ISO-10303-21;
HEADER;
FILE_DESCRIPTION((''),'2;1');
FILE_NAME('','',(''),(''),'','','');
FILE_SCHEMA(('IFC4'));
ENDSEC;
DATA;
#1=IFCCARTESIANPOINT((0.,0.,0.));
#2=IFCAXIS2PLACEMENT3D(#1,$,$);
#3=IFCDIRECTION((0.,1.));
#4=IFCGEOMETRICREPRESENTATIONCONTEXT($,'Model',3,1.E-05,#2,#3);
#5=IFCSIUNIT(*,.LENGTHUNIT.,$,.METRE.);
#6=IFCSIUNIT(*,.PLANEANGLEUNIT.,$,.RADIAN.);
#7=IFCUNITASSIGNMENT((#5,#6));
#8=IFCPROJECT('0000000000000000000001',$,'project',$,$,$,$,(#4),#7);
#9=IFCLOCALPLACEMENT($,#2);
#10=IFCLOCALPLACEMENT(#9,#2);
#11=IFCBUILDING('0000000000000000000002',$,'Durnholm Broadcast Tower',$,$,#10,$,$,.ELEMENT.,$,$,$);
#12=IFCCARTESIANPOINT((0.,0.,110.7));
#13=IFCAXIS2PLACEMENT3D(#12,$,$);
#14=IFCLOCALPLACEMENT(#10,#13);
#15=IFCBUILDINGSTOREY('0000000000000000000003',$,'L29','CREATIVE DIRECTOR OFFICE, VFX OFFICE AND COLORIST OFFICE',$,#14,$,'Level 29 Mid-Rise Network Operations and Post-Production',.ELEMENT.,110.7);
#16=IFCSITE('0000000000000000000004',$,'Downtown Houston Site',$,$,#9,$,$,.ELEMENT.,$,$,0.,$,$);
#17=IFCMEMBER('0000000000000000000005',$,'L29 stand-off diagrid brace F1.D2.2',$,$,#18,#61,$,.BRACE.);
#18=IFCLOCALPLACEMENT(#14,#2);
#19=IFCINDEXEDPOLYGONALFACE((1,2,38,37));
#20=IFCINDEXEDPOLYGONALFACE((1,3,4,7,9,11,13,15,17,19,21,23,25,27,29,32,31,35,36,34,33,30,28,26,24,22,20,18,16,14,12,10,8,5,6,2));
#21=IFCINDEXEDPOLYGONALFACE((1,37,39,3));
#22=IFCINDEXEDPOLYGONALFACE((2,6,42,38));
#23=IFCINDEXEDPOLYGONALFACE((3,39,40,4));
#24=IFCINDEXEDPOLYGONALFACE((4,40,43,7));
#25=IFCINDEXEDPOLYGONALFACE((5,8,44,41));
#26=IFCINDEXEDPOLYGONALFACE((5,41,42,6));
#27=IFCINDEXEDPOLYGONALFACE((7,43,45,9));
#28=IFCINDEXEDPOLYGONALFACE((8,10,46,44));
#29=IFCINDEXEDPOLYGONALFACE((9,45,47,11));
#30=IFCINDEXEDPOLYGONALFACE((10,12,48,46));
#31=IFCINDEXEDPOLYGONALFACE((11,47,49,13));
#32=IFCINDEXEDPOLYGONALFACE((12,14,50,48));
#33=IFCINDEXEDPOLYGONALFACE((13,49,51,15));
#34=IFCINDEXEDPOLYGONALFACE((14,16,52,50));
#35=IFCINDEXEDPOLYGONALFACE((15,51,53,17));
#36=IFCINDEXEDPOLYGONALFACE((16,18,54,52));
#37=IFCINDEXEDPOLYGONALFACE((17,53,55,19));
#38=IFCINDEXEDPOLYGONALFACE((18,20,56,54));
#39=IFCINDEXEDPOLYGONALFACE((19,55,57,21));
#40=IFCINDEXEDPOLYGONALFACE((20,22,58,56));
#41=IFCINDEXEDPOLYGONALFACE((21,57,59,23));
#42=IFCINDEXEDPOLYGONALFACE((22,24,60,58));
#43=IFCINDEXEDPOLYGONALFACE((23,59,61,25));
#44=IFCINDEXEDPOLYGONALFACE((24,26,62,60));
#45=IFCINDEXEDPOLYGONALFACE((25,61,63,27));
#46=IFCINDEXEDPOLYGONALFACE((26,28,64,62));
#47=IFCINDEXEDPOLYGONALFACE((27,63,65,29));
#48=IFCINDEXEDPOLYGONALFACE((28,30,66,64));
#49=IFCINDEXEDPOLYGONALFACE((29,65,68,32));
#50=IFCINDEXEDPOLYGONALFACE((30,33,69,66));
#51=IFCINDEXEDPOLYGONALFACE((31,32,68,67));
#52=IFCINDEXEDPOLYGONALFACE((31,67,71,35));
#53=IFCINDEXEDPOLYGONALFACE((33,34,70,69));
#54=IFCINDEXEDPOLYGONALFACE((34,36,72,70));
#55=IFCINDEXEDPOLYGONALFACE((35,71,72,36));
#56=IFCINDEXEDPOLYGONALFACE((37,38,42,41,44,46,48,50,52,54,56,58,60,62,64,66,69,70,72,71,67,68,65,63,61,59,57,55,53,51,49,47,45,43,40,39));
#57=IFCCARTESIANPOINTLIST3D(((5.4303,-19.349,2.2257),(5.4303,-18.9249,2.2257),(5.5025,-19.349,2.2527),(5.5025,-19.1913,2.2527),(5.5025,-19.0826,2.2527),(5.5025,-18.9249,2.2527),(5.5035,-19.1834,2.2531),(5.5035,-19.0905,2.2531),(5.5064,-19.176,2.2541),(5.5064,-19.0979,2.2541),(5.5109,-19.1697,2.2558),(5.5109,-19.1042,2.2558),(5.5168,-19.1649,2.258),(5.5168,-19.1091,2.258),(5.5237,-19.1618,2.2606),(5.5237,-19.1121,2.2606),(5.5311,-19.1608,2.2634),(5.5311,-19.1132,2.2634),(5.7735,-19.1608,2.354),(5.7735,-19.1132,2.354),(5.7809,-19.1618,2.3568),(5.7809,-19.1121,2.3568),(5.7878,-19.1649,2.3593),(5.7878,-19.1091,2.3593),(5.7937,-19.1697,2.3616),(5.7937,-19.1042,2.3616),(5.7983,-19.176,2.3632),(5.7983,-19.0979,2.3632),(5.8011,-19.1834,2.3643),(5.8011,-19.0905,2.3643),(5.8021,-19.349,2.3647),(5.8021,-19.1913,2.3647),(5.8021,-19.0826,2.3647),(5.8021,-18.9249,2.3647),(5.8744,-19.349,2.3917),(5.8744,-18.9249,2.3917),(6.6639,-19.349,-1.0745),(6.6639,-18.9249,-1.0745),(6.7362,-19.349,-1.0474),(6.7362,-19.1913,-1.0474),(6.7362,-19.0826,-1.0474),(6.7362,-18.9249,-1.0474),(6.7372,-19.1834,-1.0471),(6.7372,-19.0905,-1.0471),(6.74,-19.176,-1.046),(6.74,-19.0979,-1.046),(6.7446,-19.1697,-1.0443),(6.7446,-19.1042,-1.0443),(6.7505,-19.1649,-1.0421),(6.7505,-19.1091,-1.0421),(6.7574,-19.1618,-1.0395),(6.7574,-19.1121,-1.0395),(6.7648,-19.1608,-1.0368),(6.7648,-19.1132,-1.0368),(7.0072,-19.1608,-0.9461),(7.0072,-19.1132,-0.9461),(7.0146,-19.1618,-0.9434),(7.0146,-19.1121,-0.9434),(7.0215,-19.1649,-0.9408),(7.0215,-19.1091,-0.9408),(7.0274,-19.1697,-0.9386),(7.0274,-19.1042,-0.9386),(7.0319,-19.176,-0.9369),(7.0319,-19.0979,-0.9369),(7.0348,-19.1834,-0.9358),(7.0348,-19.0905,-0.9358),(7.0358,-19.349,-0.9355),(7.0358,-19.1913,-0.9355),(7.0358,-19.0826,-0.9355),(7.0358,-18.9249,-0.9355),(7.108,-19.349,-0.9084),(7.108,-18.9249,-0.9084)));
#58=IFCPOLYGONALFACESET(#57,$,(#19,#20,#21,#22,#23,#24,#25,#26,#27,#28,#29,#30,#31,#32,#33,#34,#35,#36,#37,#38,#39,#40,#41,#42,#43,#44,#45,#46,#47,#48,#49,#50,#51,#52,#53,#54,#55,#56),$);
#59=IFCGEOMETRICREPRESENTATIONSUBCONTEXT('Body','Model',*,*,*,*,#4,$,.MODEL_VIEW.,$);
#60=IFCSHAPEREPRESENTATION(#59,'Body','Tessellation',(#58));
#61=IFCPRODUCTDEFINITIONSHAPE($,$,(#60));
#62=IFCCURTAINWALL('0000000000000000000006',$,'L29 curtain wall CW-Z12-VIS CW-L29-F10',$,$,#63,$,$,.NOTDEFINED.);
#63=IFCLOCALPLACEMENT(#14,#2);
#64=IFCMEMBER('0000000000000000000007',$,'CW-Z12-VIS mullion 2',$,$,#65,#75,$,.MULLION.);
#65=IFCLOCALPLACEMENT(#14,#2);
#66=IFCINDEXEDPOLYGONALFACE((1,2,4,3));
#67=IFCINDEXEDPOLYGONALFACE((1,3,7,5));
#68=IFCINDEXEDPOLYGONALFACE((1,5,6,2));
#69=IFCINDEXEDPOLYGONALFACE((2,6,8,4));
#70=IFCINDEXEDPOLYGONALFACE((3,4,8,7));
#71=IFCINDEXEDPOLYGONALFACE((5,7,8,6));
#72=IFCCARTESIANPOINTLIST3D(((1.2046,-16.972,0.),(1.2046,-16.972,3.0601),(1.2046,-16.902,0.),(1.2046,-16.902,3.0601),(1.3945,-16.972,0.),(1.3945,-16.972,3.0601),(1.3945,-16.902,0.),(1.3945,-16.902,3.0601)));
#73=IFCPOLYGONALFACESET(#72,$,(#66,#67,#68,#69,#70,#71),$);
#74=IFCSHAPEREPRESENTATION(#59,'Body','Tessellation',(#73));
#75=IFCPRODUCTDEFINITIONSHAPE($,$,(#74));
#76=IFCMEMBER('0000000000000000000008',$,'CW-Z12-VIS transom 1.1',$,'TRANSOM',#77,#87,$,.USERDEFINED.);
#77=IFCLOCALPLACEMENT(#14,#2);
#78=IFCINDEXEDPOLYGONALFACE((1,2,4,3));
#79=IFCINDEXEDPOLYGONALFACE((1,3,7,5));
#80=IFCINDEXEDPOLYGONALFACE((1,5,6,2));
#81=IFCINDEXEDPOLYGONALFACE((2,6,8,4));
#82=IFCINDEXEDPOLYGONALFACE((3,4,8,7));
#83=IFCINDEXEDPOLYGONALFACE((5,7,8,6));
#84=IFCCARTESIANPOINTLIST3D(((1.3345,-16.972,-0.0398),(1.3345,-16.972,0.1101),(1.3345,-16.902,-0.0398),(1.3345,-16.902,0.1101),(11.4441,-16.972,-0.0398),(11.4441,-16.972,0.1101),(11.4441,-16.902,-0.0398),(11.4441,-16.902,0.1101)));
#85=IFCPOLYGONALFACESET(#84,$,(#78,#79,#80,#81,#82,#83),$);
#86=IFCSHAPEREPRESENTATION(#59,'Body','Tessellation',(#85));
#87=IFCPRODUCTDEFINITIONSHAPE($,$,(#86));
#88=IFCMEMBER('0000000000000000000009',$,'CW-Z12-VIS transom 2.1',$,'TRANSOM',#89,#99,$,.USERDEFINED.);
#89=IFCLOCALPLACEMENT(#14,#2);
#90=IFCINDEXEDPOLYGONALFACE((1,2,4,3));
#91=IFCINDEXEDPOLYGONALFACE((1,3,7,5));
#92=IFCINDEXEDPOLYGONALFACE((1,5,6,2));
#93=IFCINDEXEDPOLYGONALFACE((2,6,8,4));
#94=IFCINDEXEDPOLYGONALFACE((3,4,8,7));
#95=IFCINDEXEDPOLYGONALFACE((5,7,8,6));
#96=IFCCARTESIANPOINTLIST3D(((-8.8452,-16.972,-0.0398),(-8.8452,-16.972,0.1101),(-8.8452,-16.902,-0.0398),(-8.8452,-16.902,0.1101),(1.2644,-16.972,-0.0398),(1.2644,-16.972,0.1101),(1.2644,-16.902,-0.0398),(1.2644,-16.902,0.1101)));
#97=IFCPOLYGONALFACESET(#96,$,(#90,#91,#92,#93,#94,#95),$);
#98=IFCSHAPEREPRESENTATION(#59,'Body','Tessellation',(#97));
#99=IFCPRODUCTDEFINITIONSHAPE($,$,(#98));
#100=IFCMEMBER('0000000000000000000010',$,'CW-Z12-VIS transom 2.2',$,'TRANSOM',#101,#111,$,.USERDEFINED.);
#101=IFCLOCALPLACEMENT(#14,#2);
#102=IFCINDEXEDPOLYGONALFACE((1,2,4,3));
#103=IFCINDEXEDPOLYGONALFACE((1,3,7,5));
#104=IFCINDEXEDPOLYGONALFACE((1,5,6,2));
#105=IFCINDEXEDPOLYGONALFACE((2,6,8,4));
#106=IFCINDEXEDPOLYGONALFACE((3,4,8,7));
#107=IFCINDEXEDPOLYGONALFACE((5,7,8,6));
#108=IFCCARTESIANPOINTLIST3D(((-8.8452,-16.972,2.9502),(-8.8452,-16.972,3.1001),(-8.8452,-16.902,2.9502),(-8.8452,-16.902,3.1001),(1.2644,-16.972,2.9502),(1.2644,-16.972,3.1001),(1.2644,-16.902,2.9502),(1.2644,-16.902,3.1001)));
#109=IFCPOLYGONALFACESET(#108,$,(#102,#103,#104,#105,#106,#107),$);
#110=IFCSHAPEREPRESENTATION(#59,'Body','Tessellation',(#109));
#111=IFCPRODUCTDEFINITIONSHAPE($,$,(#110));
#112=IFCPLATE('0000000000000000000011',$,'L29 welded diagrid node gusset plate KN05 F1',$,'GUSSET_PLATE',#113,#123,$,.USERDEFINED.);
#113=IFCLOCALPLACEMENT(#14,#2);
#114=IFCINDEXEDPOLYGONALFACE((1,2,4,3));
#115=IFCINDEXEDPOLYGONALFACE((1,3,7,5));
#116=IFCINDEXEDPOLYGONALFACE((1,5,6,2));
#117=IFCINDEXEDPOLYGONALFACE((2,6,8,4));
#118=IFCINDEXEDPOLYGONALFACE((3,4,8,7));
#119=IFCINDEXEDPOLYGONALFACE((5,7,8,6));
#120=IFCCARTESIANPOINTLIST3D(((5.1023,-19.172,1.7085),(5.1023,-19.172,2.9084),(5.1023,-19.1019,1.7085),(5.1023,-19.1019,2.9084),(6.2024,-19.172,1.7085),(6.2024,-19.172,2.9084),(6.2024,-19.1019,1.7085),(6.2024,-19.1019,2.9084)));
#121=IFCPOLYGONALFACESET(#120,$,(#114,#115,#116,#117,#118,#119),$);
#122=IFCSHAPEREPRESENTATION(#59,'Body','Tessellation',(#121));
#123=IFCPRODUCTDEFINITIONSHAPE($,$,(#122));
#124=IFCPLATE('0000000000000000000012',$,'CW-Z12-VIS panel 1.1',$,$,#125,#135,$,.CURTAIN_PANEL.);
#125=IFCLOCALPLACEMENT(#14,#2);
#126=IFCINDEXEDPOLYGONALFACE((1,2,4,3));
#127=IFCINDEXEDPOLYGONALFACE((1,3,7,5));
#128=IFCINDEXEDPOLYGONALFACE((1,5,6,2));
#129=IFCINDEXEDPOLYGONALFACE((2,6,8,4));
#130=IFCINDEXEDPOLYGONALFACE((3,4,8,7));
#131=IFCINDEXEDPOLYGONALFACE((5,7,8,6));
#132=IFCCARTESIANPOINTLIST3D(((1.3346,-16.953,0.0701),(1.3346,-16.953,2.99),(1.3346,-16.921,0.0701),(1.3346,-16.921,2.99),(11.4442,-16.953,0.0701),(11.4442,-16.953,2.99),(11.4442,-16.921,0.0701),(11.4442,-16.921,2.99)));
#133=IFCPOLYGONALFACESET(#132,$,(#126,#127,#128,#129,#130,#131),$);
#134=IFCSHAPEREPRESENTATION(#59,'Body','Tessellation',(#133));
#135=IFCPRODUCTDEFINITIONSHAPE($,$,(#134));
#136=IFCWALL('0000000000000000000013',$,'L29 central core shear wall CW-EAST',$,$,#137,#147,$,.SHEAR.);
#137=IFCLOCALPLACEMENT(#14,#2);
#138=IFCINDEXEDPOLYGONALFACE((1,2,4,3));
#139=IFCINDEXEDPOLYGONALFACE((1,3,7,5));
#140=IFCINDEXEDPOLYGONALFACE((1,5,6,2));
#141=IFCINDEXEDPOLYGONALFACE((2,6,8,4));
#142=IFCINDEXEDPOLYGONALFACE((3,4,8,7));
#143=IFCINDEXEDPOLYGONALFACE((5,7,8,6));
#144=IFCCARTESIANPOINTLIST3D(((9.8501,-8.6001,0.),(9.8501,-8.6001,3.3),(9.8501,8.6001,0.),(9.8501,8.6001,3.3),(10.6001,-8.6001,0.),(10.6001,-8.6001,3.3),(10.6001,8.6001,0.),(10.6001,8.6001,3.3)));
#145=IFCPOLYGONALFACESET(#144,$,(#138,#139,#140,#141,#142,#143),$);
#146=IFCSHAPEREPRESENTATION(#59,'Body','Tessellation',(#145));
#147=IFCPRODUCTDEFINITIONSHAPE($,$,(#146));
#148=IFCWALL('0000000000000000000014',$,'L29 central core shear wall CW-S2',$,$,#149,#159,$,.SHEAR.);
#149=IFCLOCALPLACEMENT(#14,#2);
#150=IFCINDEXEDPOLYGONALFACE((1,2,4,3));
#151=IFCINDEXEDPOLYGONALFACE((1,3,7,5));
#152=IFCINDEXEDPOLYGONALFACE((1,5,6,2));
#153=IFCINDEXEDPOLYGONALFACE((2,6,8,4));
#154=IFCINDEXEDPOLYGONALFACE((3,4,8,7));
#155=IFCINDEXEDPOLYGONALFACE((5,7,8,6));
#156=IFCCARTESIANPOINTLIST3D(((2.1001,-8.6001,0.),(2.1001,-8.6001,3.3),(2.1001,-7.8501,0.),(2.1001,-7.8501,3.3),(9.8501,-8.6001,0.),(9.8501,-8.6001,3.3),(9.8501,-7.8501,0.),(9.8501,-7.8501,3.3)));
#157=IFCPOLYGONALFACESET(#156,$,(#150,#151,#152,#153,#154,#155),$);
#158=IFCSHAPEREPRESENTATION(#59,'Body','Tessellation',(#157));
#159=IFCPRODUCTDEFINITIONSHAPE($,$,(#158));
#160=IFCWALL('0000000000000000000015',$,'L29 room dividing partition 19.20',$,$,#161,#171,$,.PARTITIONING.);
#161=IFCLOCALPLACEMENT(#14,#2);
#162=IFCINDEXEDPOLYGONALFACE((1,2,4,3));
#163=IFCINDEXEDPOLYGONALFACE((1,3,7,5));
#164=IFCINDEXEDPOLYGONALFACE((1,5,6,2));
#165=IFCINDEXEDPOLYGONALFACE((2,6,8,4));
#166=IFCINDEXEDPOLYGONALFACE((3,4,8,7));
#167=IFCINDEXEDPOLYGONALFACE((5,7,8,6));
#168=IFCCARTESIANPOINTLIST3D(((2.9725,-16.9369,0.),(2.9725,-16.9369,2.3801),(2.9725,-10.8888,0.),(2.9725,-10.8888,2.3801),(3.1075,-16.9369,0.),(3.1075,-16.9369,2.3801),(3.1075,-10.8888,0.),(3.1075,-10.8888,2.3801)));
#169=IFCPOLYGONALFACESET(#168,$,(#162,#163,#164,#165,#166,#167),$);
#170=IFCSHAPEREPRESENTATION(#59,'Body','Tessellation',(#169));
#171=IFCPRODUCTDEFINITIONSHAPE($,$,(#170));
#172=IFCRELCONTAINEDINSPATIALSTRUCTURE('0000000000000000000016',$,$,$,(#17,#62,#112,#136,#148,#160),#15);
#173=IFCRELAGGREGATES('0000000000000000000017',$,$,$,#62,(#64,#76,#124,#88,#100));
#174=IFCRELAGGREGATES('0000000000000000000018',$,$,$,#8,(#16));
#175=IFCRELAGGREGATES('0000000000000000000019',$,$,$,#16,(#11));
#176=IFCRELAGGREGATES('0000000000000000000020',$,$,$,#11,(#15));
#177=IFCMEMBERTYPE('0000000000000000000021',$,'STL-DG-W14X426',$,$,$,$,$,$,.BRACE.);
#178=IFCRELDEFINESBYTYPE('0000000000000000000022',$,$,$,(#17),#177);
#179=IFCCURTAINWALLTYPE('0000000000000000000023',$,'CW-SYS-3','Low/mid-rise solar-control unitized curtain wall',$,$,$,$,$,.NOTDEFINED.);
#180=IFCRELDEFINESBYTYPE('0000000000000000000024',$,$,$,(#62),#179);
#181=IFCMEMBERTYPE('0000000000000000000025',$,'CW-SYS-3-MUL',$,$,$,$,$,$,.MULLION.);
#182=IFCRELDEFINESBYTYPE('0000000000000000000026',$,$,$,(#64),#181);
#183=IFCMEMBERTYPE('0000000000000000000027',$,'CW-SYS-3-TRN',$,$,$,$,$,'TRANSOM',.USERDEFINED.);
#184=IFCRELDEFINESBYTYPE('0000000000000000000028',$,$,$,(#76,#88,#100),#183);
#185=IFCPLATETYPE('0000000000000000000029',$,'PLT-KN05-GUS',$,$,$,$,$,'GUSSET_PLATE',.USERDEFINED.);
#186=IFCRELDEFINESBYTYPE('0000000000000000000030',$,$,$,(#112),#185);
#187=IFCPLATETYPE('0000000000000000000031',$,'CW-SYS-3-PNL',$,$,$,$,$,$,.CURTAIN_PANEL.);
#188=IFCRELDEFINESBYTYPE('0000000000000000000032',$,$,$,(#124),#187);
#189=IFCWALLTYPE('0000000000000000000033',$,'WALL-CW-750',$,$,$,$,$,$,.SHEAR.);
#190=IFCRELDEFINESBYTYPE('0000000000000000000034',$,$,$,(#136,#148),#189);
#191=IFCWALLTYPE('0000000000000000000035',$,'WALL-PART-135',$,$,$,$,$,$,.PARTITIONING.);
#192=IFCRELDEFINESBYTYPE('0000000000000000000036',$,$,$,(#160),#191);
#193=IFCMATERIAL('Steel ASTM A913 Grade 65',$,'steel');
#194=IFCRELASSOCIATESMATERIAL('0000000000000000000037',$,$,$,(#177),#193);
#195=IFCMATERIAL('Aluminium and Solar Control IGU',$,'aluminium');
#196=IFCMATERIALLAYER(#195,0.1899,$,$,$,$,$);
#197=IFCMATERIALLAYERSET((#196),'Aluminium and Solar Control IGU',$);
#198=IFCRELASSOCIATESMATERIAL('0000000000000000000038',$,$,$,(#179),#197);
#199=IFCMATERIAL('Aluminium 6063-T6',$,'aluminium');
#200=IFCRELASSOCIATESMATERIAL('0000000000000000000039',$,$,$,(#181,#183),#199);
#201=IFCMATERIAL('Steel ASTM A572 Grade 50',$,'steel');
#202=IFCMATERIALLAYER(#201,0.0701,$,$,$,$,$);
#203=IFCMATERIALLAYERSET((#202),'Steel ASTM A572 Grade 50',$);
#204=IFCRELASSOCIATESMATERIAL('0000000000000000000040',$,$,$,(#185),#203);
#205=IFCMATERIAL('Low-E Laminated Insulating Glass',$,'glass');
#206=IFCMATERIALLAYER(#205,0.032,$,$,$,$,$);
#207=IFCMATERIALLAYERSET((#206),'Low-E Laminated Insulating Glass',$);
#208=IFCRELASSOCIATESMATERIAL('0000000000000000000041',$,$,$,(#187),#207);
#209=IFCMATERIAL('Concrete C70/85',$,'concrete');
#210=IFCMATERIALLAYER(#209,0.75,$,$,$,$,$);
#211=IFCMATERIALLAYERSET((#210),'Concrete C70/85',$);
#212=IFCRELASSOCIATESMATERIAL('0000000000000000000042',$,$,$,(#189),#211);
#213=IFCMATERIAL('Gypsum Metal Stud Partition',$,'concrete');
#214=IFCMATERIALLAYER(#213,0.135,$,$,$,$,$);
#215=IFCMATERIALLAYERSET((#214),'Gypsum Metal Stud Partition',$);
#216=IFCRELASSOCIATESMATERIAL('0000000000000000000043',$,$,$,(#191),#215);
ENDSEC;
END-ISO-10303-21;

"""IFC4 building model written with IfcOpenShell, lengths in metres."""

from ifc_helpers import new_model, si_unit, direction, frame, frame_2d, origin, origin_2d, place, context, subcontext, project, spatial, rectangle, i_section, extrude, source, transform, mapped, material, layer, layer_set, material_profile, profile_set, type_object, type_shapes, element, aggregate, save


model = new_model("IFC4")

# Units and contexts
model_context = context("Model", 3, precision=1e-05, world=origin(), true_north=direction((0.0, 1.0)))
body_context = subcontext(model_context, "Body", "Model", "MODEL_VIEW")
ifc_project = project(units=[si_unit("LENGTHUNIT", "METRE"), si_unit("PLANEANGLEUNIT", "RADIAN")], contexts=[model_context])

# Site, building, storey
site_placement = place(None, origin())
site = spatial("IfcSite", under=ifc_project, at=site_placement, Name="Downtown Houston Site", CompositionType="ELEMENT", RefElevation=0.0)
building_placement = place(site_placement, origin())
building = spatial("IfcBuilding", under=site, at=building_placement, Name="Durnholm Broadcast Tower", CompositionType="ELEMENT")
storey_placement = place(building_placement, frame((0.0, 0.0, 110.7)))
storey = spatial("IfcBuildingStorey", under=building, at=storey_placement, Name="L29", Description="CREATIVE DIRECTOR OFFICE, VFX OFFICE AND COLORIST OFFICE", LongName="Level 29 Mid-Rise Network Operations and Post-Production", CompositionType="ELEMENT", Elevation=110.7)

# Shared definitions
ifc_material_1 = material(Name="Concrete C70/85", Category="concrete")

# Member
ifc_material_2 = material(Name="Steel ASTM A913 Grade 65", Category="steel")
ifc_material_profile_1 = material_profile(ifc_material_2, i_section(OverallWidth=0.4241, OverallDepth=0.4741, WebThickness=0.0476, FlangeThickness=0.0771, FilletRadius=0.0305, at=origin_2d()), Name="W14X426")
ifc_profile_set_1 = profile_set([ifc_material_profile_1], Name="Steel ASTM A913 Grade 65")
member_type_1 = type_object("IfcMemberType", Name="STL-DG-W14X426", PredefinedType="BRACE", material=ifc_profile_set_1)
shared_shape_1 = source(origin(), body_context, "Body", "SweptSolid", [
    extrude(i_section(OverallWidth=0.4241, OverallDepth=0.4741, WebThickness=0.0476, FlangeThickness=0.0771, FilletRadius=0.0305, at=origin_2d()), origin(), (0.0, 0.0, 1.0), 3.5232),
])
type_shapes(member_type_1, [shared_shape_1])
for number, where, z_axis, x_axis, name in (
    (1, (6.886, -19.137, -0.9915), (-0.350159, 0.0, 0.93669), (0.0, -1.0, 0.0), "L29 stand-off diagrid brace F1.D2.2"),
):
    element("IfcMember", number, at=place(storey_placement, frame(where, z_axis=z_axis, x_axis=x_axis)), inside=storey, type_object=member_type_1, Name=name, PredefinedType="BRACE", context=body_context, shape_type="MappedRepresentation", body=[
        mapped(shared_shape_1, transform((0.0, 0.0, 0.0), x_axis=(1.0, 0.0, 0.0), y_axis=(0.0, 1.0, 0.0), z_axis=(0.0, 0.0, 1.0), scale=1.0)),
    ])

# Curtain wall, members
ifc_material_3 = material(Name="Aluminium and Solar Control IGU", Category="aluminium")
ifc_layer_1 = layer(ifc_material_3, 0.1899)
ifc_layer_set_1 = layer_set([ifc_layer_1], Name="Aluminium and Solar Control IGU")
curtain_wall_type = type_object("IfcCurtainWallType", Name="CW-SYS-3", Description="Low/mid-rise solar-control unitized curtain wall", PredefinedType="NOTDEFINED", material=ifc_layer_set_1)
curtain_wall_placement = place(storey_placement, origin())
curtain_wall = element("IfcCurtainWall", 2, at=curtain_wall_placement, inside=storey, type_object=curtain_wall_type, Name="L29 curtain wall CW-Z12-VIS CW-L29-F10", PredefinedType="NOTDEFINED")
ifc_material_4 = material(Name="Aluminium 6063-T6", Category="aluminium")
ifc_material_profile_2 = material_profile(ifc_material_4, rectangle(XDim=0.0701, YDim=0.1899, at=origin_2d()), Name="CWM70X190")
ifc_profile_set_2 = profile_set([ifc_material_profile_2], Name="Aluminium 6063-T6")
member_type_2 = type_object("IfcMemberType", Name="CW-SYS-3-MUL", PredefinedType="MULLION", material=ifc_profile_set_2)
shared_shape_2 = source(origin(), body_context, "Body", "SweptSolid", [
    extrude(rectangle(XDim=0.0701, YDim=0.1899, at=origin_2d()), origin(), (0.0, 0.0, 1.0), 3.0601),
])
type_shapes(member_type_2, [shared_shape_2])
member_1_placement = place(storey_placement, frame((1.2996, -16.937, 0.0), z_axis=(0.0, 0.0, 1.0), x_axis=(0.0, -1.0, 0.0)))
member_1 = element("IfcMember", 3, at=member_1_placement, type_object=member_type_2, Name="CW-Z12-VIS mullion 2", PredefinedType="MULLION", context=body_context, shape_type="MappedRepresentation", body=[
    mapped(shared_shape_2, transform((0.0, 0.0, 0.0), x_axis=(1.0, 0.0, 0.0), y_axis=(0.0, 1.0, 0.0), z_axis=(0.0, 0.0, 1.0), scale=1.0)),
])
ifc_material_profile_3 = material_profile(ifc_material_4, rectangle(XDim=0.0701, YDim=0.1499, at=origin_2d()), Name="CWT70X150")
ifc_profile_set_3 = profile_set([ifc_material_profile_3], Name="Aluminium 6063-T6")
member_type_3 = type_object("IfcMemberType", Name="CW-SYS-3-TRN", ElementType="TRANSOM", PredefinedType="USERDEFINED", material=ifc_profile_set_3)
shared_shape_3 = source(origin(), body_context, "Body", "SweptSolid", [
    extrude(rectangle(XDim=0.0701, YDim=0.1499, at=origin_2d()), origin(), (0.0, 0.0, 1.0), 10.1096),
])
type_shapes(member_type_3, [shared_shape_3])
member_2_placement = place(storey_placement, frame((11.4441, -16.937, 0.0352), z_axis=(-1.0, 0.0, 0.0), x_axis=(0.0, -1.0, 0.0)))
member_2 = element("IfcMember", 4, at=member_2_placement, type_object=member_type_3, Name="CW-Z12-VIS transom 1.1", ObjectType="TRANSOM", PredefinedType="USERDEFINED", context=body_context, shape_type="MappedRepresentation", body=[
    mapped(shared_shape_3, transform((0.0, 0.0, 0.0), x_axis=(1.0, 0.0, 0.0), y_axis=(0.0, 1.0, 0.0), z_axis=(0.0, 0.0, 1.0), scale=1.0)),
])
member_3_placement = place(storey_placement, frame((1.2644, -16.937, 0.0352), z_axis=(-1.0, 0.0, 0.0), x_axis=(0.0, -1.0, 0.0)))
member_3 = element("IfcMember", 5, at=member_3_placement, type_object=member_type_3, Name="CW-Z12-VIS transom 2.1", ObjectType="TRANSOM", PredefinedType="USERDEFINED", context=body_context, shape_type="MappedRepresentation", body=[
    mapped(shared_shape_3, transform((0.0, 0.0, 0.0), x_axis=(1.0, 0.0, 0.0), y_axis=(0.0, 1.0, 0.0), z_axis=(0.0, 0.0, 1.0), scale=1.0)),
])
member_4_placement = place(storey_placement, frame((1.2644, -16.937, 3.0251), z_axis=(-1.0, 0.0, 0.0), x_axis=(0.0, -1.0, 0.0)))
member_4 = element("IfcMember", 6, at=member_4_placement, type_object=member_type_3, Name="CW-Z12-VIS transom 2.2", ObjectType="TRANSOM", PredefinedType="USERDEFINED", context=body_context, shape_type="MappedRepresentation", body=[
    mapped(shared_shape_3, transform((0.0, 0.0, 0.0), x_axis=(1.0, 0.0, 0.0), y_axis=(0.0, 1.0, 0.0), z_axis=(0.0, 0.0, 1.0), scale=1.0)),
])

# Plates
ifc_material_5 = material(Name="Steel ASTM A572 Grade 50", Category="steel")
ifc_layer_2 = layer(ifc_material_5, 0.0701)
ifc_layer_set_2 = layer_set([ifc_layer_2], Name="Steel ASTM A572 Grade 50")
plate_type_1 = type_object("IfcPlateType", Name="PLT-KN05-GUS", ElementType="GUSSET_PLATE", PredefinedType="USERDEFINED", material=ifc_layer_set_2)
shared_shape_4 = source(origin(), body_context, "Body", "SweptSolid", [
    extrude(rectangle(XDim=1.1001, YDim=0.0701, at=origin_2d()), origin(), (0.0, 0.0, 1.0), 1.2),
])
type_shapes(plate_type_1, [shared_shape_4])
plate_1_placement = place(storey_placement, frame((5.6523, -19.137, 1.7085), z_axis=(0.0, 0.0, 1.0), x_axis=(1.0, 0.0, 0.0)))
element("IfcPlate", 7, at=plate_1_placement, inside=storey, type_object=plate_type_1, Name="L29 welded diagrid node gusset plate KN05 F1", ObjectType="GUSSET_PLATE", PredefinedType="USERDEFINED", context=body_context, shape_type="MappedRepresentation", body=[
    mapped(shared_shape_4, transform((0.0, 0.0, 0.0), x_axis=(1.0, 0.0, 0.0), y_axis=(0.0, 1.0, 0.0), z_axis=(0.0, 0.0, 1.0), scale=1.0)),
])
ifc_material_6 = material(Name="Low-E Laminated Insulating Glass", Category="glass")
ifc_layer_3 = layer(ifc_material_6, 0.032)
ifc_layer_set_3 = layer_set([ifc_layer_3], Name="Low-E Laminated Insulating Glass")
plate_type_2 = type_object("IfcPlateType", Name="CW-SYS-3-PNL", PredefinedType="CURTAIN_PANEL", material=ifc_layer_set_3)
shared_shape_5 = source(origin(), body_context, "Body", "SweptSolid", [
    extrude(rectangle(XDim=10.1096, YDim=0.032, at=origin_2d()), origin(), (0.0, 0.0, 1.0), 2.9199),
])
type_shapes(plate_type_2, [shared_shape_5])
plate_2_placement = place(storey_placement, frame((6.3894, -16.937, 0.0701), z_axis=(0.0, 0.0, 1.0), x_axis=(-1.0, 0.0, 0.0)))
plate_2 = element("IfcPlate", 8, at=plate_2_placement, type_object=plate_type_2, Name="CW-Z12-VIS panel 1.1", PredefinedType="CURTAIN_PANEL", context=body_context, shape_type="MappedRepresentation", body=[
    mapped(shared_shape_5, transform((0.0, 0.0, 0.0), x_axis=(1.0, 0.0, 0.0), y_axis=(0.0, 1.0, 0.0), z_axis=(0.0, 0.0, 1.0), scale=1.0)),
])
aggregate(curtain_wall, [member_1, member_2, plate_2, member_3, member_4])

# Walls
ifc_layer_4 = layer(ifc_material_1, 0.75)
ifc_layer_set_4 = layer_set([ifc_layer_4], Name="Concrete C70/85")
wall_type_1 = type_object("IfcWallType", Name="WALL-CW-750", PredefinedType="SHEAR", material=ifc_layer_set_4)
wall_1_placement = place(storey_placement, frame((10.2251, -8.6001, 0.0), z_axis=(0.0, 0.0, 1.0), x_axis=(0.0, 1.0, 0.0)))
element("IfcWall", 9, at=wall_1_placement, inside=storey, type_object=wall_type_1, Name="L29 central core shear wall CW-EAST", PredefinedType="SHEAR", context=body_context, shape_type="SweptSolid", body=[
    extrude(rectangle(XDim=17.2002, YDim=0.75, at=frame_2d((8.6001, 0.0))), origin(), (0.0, 0.0, 1.0), 3.3),
])
wall_2_placement = place(storey_placement, frame((2.1001, -8.2251, 0.0), z_axis=(0.0, 0.0, 1.0), x_axis=(1.0, 0.0, 0.0)))
element("IfcWall", 10, at=wall_2_placement, inside=storey, type_object=wall_type_1, Name="L29 central core shear wall CW-S2", PredefinedType="SHEAR", context=body_context, shape_type="SweptSolid", body=[
    extrude(rectangle(XDim=7.75, YDim=0.75, at=frame_2d((3.875, 0.0))), origin(), (0.0, 0.0, 1.0), 3.3),
])
ifc_material_7 = material(Name="Gypsum Metal Stud Partition", Category="concrete")
ifc_layer_5 = layer(ifc_material_7, 0.135)
ifc_layer_set_5 = layer_set([ifc_layer_5], Name="Gypsum Metal Stud Partition")
wall_type_2 = type_object("IfcWallType", Name="WALL-PART-135", PredefinedType="PARTITIONING", material=ifc_layer_set_5)
wall_3_placement = place(storey_placement, frame((3.04, -10.8889, 0.0), z_axis=(0.0, 0.0, 1.0), x_axis=(0.0, -1.0, 0.0)))
element("IfcWall", 11, at=wall_3_placement, inside=storey, type_object=wall_type_2, Name="L29 room dividing partition 19.20", PredefinedType="PARTITIONING", context=body_context, shape_type="SweptSolid", body=[
    extrude(rectangle(XDim=6.0481, YDim=0.135, at=frame_2d((3.0239, 0.0))), origin(), (0.0, 0.0, 1.0), 2.3801),
])

save(model, "model.ifc")
